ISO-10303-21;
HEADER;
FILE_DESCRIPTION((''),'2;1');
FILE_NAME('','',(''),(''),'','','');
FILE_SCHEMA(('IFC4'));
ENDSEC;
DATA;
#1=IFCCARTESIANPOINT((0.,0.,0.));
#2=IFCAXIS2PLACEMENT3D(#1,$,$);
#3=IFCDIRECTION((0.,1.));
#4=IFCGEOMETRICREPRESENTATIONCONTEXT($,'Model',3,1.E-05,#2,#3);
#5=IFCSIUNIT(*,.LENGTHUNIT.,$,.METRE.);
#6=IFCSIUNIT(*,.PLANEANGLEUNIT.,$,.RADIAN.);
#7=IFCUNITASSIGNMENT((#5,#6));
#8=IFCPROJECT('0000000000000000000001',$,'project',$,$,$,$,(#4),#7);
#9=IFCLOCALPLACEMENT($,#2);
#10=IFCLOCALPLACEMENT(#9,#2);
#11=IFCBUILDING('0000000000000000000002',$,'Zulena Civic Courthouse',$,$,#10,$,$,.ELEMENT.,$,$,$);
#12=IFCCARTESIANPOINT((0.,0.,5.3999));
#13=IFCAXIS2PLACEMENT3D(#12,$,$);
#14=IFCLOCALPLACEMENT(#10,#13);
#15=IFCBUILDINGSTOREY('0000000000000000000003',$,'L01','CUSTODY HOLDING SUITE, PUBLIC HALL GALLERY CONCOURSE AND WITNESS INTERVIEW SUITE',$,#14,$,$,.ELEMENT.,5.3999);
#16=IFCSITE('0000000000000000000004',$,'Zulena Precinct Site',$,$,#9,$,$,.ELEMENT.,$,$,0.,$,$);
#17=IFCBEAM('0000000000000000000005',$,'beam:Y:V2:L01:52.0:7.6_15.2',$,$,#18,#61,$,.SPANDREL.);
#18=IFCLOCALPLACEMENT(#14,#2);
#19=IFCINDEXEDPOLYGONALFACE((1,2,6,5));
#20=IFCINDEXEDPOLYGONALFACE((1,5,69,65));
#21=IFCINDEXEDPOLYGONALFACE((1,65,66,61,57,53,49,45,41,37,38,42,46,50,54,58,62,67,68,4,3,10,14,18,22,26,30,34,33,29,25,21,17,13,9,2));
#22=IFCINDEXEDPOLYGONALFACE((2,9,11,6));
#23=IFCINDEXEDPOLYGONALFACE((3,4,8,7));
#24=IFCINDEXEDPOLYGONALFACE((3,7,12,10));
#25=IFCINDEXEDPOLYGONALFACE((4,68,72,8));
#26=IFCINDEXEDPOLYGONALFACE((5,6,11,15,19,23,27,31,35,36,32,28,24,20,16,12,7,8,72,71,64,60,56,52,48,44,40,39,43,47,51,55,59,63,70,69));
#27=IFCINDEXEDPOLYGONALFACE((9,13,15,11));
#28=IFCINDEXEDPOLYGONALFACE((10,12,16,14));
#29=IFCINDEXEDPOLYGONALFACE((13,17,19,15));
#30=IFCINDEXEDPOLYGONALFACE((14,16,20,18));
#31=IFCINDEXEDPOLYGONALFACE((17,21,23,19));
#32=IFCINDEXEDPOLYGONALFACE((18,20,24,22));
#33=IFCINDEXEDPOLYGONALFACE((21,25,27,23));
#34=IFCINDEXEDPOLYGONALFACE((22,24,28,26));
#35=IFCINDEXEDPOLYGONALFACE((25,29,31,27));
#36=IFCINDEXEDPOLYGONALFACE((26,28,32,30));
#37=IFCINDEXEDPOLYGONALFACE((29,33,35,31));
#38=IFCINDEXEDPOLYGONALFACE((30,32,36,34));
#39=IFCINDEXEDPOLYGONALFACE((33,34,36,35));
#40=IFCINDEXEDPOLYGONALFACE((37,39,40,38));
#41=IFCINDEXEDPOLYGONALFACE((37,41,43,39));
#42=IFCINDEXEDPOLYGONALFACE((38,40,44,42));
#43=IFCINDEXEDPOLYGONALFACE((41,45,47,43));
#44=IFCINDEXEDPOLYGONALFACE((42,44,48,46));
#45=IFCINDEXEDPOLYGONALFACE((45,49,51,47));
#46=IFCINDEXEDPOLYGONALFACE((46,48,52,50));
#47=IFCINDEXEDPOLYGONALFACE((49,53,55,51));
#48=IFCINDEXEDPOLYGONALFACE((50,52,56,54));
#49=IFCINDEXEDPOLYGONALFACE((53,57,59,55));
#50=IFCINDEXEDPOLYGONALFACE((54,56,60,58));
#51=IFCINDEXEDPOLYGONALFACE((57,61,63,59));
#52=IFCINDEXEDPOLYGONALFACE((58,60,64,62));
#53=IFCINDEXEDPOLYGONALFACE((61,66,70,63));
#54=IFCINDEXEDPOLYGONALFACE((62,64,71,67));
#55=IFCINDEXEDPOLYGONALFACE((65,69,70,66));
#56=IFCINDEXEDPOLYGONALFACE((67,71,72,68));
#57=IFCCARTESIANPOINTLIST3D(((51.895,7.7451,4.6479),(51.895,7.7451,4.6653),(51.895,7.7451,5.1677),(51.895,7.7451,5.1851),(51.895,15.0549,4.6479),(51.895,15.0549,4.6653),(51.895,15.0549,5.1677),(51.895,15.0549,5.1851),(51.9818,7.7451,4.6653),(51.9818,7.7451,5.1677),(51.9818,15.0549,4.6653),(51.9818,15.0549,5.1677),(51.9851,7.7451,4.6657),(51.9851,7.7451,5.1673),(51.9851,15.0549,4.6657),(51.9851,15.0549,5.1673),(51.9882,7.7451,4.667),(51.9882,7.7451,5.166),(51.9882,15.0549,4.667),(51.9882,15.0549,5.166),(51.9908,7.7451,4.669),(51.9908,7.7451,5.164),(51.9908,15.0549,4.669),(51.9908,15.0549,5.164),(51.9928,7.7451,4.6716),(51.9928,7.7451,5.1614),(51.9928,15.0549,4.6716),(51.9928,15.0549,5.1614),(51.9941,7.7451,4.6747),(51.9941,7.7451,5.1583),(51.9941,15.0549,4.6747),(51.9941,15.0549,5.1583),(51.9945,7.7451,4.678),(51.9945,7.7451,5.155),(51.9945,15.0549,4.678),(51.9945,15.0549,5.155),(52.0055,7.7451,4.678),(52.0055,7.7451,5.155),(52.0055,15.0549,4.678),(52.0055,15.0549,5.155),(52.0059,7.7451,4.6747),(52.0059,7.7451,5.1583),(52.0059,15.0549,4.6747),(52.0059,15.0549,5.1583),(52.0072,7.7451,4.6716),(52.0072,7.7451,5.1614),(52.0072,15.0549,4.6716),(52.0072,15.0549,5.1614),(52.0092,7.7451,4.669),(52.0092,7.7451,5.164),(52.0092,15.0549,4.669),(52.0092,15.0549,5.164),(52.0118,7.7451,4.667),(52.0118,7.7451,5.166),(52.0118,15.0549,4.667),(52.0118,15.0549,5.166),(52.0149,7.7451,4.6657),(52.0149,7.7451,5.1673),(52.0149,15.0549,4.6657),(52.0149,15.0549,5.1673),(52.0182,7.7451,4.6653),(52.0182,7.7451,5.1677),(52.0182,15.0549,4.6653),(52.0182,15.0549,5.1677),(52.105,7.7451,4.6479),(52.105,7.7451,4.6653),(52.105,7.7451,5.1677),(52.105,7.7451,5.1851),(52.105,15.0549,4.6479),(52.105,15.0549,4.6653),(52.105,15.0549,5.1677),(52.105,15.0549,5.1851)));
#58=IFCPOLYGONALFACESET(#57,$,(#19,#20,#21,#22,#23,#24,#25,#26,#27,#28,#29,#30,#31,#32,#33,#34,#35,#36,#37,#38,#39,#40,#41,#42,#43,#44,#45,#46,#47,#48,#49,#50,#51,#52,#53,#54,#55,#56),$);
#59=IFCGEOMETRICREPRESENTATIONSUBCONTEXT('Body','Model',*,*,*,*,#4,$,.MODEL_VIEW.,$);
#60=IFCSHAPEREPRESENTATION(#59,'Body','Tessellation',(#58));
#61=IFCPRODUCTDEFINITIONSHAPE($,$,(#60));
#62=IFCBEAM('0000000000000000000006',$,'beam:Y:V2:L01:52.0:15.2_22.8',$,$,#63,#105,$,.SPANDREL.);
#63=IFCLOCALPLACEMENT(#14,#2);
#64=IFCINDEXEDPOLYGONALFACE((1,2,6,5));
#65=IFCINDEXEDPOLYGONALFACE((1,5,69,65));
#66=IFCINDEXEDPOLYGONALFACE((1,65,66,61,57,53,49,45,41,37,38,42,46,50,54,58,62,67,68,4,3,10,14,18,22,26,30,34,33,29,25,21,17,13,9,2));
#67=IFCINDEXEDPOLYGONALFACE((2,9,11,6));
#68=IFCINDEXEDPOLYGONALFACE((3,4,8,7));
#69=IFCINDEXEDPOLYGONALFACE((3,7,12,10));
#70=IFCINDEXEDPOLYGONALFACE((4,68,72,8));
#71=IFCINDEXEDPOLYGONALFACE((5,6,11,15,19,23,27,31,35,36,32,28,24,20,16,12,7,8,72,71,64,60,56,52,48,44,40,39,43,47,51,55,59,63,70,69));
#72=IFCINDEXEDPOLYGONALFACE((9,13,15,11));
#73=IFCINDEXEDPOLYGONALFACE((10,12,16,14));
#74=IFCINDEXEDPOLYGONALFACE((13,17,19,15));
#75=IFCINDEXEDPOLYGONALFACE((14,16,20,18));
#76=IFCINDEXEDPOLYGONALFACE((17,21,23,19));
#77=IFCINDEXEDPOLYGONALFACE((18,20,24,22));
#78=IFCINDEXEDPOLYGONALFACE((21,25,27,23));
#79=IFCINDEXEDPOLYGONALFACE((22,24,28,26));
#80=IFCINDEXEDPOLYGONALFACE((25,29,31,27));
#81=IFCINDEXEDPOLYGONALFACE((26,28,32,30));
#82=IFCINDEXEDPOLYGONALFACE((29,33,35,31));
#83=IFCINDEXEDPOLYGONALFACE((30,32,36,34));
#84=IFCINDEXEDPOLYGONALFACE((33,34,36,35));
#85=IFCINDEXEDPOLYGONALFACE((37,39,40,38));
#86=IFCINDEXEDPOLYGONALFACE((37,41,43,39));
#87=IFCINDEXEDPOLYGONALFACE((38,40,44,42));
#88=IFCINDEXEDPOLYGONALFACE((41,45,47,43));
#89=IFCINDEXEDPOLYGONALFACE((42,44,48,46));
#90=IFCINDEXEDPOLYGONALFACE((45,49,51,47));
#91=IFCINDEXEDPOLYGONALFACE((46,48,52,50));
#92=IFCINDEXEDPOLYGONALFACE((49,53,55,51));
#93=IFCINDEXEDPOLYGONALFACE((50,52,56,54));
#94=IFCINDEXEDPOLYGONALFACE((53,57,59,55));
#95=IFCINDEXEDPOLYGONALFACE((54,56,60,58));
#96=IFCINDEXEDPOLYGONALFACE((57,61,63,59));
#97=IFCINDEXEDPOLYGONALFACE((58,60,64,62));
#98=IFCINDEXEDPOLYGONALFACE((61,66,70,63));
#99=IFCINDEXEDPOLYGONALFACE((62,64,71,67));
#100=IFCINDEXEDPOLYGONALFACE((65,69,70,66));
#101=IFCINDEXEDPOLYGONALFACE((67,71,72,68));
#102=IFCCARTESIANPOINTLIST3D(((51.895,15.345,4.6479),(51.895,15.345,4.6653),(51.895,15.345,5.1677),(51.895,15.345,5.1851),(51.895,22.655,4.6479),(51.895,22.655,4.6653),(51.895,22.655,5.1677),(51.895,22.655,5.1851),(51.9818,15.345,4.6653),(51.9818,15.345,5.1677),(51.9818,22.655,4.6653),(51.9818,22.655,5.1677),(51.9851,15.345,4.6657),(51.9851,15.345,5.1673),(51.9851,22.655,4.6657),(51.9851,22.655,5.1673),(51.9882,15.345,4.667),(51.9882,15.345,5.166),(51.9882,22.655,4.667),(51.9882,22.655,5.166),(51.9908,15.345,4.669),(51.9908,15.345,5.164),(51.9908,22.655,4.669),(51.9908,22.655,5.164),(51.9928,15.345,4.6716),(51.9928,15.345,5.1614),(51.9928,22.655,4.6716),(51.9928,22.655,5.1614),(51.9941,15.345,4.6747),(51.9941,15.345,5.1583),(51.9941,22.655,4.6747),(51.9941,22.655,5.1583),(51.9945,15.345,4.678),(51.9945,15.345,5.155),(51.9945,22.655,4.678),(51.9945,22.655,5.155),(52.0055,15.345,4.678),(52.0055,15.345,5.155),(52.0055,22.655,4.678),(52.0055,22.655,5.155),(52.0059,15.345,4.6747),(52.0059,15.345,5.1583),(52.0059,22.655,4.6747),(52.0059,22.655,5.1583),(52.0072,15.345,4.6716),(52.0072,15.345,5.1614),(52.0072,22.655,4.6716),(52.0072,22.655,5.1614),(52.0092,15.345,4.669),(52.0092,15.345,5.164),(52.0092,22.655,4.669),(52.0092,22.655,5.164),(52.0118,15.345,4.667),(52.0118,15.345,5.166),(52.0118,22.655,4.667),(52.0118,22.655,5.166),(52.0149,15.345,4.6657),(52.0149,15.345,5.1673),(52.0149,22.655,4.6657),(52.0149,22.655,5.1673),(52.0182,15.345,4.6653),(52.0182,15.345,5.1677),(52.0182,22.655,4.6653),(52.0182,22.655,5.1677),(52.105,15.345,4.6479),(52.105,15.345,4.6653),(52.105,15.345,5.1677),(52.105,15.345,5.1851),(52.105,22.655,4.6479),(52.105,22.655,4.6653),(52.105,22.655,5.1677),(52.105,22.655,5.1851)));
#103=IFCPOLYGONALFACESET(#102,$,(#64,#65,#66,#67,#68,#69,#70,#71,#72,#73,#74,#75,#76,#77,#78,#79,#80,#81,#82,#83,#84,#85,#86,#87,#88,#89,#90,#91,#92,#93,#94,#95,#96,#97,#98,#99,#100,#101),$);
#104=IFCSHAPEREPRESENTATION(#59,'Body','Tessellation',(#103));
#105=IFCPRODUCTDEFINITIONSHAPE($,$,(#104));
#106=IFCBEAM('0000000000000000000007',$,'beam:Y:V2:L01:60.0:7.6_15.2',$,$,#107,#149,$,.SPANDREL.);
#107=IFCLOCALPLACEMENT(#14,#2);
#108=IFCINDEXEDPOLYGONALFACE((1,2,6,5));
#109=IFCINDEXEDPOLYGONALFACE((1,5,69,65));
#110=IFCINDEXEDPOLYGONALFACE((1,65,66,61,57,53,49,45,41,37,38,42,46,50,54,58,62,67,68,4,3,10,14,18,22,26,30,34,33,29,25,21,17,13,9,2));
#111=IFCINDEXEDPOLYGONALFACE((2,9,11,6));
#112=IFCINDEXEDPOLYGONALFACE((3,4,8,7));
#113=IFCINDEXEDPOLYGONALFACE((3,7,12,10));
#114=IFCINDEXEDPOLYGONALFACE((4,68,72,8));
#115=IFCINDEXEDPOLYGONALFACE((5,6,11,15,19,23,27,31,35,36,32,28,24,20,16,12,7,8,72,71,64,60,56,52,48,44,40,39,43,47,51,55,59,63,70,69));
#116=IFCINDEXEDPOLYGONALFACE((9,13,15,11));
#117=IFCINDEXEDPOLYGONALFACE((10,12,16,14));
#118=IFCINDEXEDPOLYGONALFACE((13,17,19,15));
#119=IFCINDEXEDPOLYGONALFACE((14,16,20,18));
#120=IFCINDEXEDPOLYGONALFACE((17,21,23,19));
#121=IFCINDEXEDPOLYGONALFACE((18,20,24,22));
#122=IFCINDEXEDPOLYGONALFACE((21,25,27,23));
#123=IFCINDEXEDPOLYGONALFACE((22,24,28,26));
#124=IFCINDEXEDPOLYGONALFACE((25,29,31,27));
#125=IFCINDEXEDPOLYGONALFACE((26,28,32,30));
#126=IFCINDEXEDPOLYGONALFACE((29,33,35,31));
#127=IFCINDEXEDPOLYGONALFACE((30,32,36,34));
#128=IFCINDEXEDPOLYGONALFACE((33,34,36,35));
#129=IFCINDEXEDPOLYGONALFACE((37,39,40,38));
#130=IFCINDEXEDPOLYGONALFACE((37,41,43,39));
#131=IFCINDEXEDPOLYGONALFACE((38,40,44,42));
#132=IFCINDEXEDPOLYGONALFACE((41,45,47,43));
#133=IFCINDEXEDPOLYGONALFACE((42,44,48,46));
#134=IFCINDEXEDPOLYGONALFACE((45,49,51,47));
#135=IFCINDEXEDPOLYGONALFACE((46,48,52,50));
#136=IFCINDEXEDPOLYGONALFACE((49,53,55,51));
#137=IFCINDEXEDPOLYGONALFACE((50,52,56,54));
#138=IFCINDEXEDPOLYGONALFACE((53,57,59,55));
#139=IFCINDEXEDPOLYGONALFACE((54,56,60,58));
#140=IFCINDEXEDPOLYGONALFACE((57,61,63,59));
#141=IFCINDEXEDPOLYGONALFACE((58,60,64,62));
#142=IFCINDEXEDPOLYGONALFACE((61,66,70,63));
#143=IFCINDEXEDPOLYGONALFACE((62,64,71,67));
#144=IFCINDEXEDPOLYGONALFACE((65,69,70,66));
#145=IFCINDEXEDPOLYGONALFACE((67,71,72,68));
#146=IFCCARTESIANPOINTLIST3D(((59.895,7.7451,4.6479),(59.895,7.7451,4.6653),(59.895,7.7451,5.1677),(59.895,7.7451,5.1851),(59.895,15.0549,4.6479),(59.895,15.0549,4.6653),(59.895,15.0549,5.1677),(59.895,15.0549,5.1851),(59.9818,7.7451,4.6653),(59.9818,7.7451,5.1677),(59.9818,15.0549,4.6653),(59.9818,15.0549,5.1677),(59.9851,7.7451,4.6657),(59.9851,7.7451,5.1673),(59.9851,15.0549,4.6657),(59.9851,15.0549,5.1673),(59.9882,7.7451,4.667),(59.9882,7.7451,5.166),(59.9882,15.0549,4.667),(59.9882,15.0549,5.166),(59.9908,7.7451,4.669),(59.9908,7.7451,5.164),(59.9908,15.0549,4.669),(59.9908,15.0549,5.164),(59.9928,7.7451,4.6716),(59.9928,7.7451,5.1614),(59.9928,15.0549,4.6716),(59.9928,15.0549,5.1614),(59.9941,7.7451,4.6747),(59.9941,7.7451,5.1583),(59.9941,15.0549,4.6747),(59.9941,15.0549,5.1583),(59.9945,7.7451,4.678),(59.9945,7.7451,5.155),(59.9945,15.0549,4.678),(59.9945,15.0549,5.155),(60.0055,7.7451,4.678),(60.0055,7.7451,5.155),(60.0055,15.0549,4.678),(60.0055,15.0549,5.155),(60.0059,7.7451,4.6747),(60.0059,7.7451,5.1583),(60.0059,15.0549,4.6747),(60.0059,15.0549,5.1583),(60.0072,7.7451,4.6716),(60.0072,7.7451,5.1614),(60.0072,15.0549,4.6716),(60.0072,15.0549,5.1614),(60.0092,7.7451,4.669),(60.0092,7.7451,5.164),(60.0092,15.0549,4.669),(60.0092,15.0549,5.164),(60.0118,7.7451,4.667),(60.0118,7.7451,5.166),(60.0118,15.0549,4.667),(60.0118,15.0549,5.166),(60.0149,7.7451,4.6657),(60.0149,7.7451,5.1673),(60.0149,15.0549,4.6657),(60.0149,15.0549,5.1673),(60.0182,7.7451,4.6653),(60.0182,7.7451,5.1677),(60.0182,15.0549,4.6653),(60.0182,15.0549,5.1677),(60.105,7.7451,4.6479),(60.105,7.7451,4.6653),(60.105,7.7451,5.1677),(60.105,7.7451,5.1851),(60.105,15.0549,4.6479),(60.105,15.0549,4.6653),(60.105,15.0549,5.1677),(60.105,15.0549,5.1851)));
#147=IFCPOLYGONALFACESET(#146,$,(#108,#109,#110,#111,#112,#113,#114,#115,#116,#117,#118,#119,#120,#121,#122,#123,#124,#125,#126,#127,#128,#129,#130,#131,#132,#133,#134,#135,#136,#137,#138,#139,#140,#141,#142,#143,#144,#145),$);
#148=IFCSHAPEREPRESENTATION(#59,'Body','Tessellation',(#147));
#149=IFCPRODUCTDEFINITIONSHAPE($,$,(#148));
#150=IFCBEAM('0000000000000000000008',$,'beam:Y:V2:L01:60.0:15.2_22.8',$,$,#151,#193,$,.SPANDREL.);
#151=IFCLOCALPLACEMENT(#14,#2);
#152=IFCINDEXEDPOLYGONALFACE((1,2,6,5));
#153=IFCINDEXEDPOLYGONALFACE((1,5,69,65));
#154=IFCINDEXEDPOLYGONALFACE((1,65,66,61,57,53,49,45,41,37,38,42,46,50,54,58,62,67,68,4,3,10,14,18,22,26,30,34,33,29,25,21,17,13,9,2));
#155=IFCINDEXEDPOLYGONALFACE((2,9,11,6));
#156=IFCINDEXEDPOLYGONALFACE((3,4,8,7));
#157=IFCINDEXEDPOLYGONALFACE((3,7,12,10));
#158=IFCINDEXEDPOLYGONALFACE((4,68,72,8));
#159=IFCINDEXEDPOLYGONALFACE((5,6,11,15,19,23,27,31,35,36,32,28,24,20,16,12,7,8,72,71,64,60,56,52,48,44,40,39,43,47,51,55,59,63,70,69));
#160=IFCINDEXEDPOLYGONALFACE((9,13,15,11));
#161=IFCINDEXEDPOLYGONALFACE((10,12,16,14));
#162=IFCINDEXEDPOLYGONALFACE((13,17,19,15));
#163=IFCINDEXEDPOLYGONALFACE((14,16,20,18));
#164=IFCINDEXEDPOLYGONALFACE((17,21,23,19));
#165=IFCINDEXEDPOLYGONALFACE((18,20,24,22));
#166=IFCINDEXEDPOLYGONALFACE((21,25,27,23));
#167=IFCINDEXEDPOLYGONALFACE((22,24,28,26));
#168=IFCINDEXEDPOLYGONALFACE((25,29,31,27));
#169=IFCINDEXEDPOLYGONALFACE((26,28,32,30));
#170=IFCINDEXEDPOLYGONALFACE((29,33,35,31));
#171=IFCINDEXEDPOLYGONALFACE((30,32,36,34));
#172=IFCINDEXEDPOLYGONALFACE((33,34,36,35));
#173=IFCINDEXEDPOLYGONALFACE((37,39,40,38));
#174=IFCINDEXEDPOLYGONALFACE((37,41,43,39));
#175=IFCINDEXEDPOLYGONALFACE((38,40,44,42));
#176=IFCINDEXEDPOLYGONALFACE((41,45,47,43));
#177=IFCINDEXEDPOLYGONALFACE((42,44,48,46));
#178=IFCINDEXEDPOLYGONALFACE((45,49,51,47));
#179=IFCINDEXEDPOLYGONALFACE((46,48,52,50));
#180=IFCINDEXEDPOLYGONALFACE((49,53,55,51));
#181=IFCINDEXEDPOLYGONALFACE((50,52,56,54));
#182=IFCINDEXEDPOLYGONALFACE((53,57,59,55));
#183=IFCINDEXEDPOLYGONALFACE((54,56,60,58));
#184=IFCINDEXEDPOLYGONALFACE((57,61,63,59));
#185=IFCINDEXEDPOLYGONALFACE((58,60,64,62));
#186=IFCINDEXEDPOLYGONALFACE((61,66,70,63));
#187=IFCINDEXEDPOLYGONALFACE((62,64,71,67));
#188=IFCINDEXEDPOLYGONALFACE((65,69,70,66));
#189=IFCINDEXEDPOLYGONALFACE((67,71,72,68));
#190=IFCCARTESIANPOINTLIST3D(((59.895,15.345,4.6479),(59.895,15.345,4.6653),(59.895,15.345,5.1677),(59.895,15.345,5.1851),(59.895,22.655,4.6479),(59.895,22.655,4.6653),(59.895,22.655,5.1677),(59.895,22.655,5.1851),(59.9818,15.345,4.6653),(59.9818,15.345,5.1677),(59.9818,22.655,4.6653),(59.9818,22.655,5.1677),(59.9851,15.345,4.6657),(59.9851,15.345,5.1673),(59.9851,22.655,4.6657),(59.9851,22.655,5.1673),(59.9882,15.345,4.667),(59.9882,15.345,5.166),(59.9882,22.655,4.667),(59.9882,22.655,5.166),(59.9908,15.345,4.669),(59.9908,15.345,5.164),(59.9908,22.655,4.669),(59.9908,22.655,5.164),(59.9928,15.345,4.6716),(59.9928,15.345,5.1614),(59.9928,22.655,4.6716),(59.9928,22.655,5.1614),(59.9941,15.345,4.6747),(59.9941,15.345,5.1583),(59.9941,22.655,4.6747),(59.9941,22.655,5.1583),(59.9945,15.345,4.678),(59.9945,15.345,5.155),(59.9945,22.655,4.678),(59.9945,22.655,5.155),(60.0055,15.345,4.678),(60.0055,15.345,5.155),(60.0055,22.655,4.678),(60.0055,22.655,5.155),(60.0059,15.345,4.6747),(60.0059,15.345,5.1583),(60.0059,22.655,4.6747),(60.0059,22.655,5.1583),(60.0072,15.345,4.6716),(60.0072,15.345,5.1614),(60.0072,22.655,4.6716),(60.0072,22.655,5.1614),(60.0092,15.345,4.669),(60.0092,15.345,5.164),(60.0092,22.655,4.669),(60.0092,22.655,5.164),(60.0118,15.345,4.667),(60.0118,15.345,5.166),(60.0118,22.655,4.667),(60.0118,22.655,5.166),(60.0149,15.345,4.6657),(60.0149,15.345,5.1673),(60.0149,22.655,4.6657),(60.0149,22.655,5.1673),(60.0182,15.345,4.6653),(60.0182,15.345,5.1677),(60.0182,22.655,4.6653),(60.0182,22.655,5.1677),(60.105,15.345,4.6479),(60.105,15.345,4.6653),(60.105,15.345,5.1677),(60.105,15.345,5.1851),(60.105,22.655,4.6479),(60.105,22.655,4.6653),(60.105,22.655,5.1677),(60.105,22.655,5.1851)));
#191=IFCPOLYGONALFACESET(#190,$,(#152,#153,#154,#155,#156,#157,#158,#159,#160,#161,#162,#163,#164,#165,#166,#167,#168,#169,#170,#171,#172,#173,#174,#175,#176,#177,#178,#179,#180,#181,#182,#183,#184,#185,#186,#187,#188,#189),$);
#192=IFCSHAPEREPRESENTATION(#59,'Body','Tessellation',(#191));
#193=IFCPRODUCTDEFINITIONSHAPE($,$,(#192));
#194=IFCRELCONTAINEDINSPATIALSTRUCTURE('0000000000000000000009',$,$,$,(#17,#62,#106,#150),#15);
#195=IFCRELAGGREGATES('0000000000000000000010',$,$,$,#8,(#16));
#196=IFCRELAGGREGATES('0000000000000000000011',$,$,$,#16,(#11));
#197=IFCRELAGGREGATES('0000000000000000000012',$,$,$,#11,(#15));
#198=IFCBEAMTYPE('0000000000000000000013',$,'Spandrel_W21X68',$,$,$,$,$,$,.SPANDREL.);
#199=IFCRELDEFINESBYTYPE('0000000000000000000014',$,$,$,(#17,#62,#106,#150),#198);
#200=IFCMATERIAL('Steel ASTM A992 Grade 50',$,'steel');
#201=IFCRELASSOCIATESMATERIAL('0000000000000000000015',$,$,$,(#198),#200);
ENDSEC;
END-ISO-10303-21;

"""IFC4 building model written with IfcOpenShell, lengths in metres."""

from ifc_helpers import new_model, si_unit, direction, frame, origin, origin_2d, place, context, subcontext, project, spatial, i_section, extrude, material, material_profile, profile_set, type_object, element, save


model = new_model("IFC4")

# Units and contexts
model_context = context("Model", 3, precision=1e-05, world=origin(), true_north=direction((0.0, 1.0)))
body_context = subcontext(model_context, "Body", "Model", "MODEL_VIEW")
ifc_project = project(units=[si_unit("LENGTHUNIT", "METRE"), si_unit("PLANEANGLEUNIT", "RADIAN")], contexts=[model_context])

# Site, building, storey
site_placement = place(None, origin())
site = spatial("IfcSite", under=ifc_project, at=site_placement, Name="Zulena Precinct Site", CompositionType="ELEMENT", RefElevation=0.0)
building_placement = place(site_placement, origin())
building = spatial("IfcBuilding", under=site, at=building_placement, Name="Zulena Civic Courthouse", CompositionType="ELEMENT")
storey_placement = place(building_placement, frame((0.0, 0.0, 5.3999)))
storey = spatial("IfcBuildingStorey", under=building, at=storey_placement, Name="L01", Description="CUSTODY HOLDING SUITE, PUBLIC HALL GALLERY CONCOURSE AND WITNESS INTERVIEW SUITE", CompositionType="ELEMENT", Elevation=5.3999)

# Shared definitions
ifc_material_1 = material(Name="Steel ASTM A992 Grade 50", Category="steel")

# Beams
ifc_material_profile_1 = material_profile(ifc_material_1, i_section(OverallWidth=0.21, OverallDepth=0.5371, WebThickness=0.011, FlangeThickness=0.0173, FilletRadius=0.0127, at=origin_2d()), Name="W21X68")
ifc_profile_set_1 = profile_set([ifc_material_profile_1], Name="Steel ASTM A992 Grade 50")
beam_type_1 = type_object("IfcBeamType", Name="Spandrel_W21X68", PredefinedType="SPANDREL", material=ifc_profile_set_1)
beam_1_placement = place(storey_placement, frame((52.0, 7.7451, 4.9165), z_axis=(0.0, 1.0, 0.0), x_axis=(-1.0, 0.0, 0.0)))
element("IfcBeam", 1, at=beam_1_placement, inside=storey, type_object=beam_type_1, Name="beam:Y:V2:L01:52.0:7.6_15.2", PredefinedType="SPANDREL", context=body_context, shape_type="SweptSolid", body=[
    extrude(i_section(OverallWidth=0.21, OverallDepth=0.5371, WebThickness=0.011, FlangeThickness=0.0173, FilletRadius=0.0127, at=origin_2d()), origin(), (0.0, 0.0, 1.0), 7.3098),
])
beam_2_placement = place(storey_placement, frame((52.0, 15.345, 4.9165), z_axis=(0.0, 1.0, 0.0), x_axis=(-1.0, 0.0, 0.0)))
element("IfcBeam", 2, at=beam_2_placement, inside=storey, type_object=beam_type_1, Name="beam:Y:V2:L01:52.0:15.2_22.8", PredefinedType="SPANDREL", context=body_context, shape_type="SweptSolid", body=[
    extrude(i_section(OverallWidth=0.21, OverallDepth=0.5371, WebThickness=0.011, FlangeThickness=0.0173, FilletRadius=0.0127, at=origin_2d()), origin(), (0.0, 0.0, 1.0), 7.3101),
])
beam_3_placement = place(storey_placement, frame((60.0, 7.7451, 4.9165), z_axis=(0.0, 1.0, 0.0), x_axis=(-1.0, 0.0, 0.0)))
element("IfcBeam", 3, at=beam_3_placement, inside=storey, type_object=beam_type_1, Name="beam:Y:V2:L01:60.0:7.6_15.2", PredefinedType="SPANDREL", context=body_context, shape_type="SweptSolid", body=[
    extrude(i_section(OverallWidth=0.21, OverallDepth=0.5371, WebThickness=0.011, FlangeThickness=0.0173, FilletRadius=0.0127, at=origin_2d()), origin(), (0.0, 0.0, 1.0), 7.3098),
])
for number, where, z_axis, x_axis, name in (
    (4, (60.0, 15.345, 4.9165), (0.0, 1.0, 0.0), (-1.0, 0.0, 0.0), "beam:Y:V2:L01:60.0:15.2_22.8"),
):
    element("IfcBeam", number, at=place(storey_placement, frame(where, z_axis=z_axis, x_axis=x_axis)), inside=storey, type_object=beam_type_1, Name=name, PredefinedType="SPANDREL", context=body_context, shape_type="SweptSolid", body=[
        extrude(i_section(OverallWidth=0.21, OverallDepth=0.5371, WebThickness=0.011, FlangeThickness=0.0173, FilletRadius=0.0127, at=origin_2d()), origin(), (0.0, 0.0, 1.0), 7.3101),
    ])

save(model, "model.ifc")
